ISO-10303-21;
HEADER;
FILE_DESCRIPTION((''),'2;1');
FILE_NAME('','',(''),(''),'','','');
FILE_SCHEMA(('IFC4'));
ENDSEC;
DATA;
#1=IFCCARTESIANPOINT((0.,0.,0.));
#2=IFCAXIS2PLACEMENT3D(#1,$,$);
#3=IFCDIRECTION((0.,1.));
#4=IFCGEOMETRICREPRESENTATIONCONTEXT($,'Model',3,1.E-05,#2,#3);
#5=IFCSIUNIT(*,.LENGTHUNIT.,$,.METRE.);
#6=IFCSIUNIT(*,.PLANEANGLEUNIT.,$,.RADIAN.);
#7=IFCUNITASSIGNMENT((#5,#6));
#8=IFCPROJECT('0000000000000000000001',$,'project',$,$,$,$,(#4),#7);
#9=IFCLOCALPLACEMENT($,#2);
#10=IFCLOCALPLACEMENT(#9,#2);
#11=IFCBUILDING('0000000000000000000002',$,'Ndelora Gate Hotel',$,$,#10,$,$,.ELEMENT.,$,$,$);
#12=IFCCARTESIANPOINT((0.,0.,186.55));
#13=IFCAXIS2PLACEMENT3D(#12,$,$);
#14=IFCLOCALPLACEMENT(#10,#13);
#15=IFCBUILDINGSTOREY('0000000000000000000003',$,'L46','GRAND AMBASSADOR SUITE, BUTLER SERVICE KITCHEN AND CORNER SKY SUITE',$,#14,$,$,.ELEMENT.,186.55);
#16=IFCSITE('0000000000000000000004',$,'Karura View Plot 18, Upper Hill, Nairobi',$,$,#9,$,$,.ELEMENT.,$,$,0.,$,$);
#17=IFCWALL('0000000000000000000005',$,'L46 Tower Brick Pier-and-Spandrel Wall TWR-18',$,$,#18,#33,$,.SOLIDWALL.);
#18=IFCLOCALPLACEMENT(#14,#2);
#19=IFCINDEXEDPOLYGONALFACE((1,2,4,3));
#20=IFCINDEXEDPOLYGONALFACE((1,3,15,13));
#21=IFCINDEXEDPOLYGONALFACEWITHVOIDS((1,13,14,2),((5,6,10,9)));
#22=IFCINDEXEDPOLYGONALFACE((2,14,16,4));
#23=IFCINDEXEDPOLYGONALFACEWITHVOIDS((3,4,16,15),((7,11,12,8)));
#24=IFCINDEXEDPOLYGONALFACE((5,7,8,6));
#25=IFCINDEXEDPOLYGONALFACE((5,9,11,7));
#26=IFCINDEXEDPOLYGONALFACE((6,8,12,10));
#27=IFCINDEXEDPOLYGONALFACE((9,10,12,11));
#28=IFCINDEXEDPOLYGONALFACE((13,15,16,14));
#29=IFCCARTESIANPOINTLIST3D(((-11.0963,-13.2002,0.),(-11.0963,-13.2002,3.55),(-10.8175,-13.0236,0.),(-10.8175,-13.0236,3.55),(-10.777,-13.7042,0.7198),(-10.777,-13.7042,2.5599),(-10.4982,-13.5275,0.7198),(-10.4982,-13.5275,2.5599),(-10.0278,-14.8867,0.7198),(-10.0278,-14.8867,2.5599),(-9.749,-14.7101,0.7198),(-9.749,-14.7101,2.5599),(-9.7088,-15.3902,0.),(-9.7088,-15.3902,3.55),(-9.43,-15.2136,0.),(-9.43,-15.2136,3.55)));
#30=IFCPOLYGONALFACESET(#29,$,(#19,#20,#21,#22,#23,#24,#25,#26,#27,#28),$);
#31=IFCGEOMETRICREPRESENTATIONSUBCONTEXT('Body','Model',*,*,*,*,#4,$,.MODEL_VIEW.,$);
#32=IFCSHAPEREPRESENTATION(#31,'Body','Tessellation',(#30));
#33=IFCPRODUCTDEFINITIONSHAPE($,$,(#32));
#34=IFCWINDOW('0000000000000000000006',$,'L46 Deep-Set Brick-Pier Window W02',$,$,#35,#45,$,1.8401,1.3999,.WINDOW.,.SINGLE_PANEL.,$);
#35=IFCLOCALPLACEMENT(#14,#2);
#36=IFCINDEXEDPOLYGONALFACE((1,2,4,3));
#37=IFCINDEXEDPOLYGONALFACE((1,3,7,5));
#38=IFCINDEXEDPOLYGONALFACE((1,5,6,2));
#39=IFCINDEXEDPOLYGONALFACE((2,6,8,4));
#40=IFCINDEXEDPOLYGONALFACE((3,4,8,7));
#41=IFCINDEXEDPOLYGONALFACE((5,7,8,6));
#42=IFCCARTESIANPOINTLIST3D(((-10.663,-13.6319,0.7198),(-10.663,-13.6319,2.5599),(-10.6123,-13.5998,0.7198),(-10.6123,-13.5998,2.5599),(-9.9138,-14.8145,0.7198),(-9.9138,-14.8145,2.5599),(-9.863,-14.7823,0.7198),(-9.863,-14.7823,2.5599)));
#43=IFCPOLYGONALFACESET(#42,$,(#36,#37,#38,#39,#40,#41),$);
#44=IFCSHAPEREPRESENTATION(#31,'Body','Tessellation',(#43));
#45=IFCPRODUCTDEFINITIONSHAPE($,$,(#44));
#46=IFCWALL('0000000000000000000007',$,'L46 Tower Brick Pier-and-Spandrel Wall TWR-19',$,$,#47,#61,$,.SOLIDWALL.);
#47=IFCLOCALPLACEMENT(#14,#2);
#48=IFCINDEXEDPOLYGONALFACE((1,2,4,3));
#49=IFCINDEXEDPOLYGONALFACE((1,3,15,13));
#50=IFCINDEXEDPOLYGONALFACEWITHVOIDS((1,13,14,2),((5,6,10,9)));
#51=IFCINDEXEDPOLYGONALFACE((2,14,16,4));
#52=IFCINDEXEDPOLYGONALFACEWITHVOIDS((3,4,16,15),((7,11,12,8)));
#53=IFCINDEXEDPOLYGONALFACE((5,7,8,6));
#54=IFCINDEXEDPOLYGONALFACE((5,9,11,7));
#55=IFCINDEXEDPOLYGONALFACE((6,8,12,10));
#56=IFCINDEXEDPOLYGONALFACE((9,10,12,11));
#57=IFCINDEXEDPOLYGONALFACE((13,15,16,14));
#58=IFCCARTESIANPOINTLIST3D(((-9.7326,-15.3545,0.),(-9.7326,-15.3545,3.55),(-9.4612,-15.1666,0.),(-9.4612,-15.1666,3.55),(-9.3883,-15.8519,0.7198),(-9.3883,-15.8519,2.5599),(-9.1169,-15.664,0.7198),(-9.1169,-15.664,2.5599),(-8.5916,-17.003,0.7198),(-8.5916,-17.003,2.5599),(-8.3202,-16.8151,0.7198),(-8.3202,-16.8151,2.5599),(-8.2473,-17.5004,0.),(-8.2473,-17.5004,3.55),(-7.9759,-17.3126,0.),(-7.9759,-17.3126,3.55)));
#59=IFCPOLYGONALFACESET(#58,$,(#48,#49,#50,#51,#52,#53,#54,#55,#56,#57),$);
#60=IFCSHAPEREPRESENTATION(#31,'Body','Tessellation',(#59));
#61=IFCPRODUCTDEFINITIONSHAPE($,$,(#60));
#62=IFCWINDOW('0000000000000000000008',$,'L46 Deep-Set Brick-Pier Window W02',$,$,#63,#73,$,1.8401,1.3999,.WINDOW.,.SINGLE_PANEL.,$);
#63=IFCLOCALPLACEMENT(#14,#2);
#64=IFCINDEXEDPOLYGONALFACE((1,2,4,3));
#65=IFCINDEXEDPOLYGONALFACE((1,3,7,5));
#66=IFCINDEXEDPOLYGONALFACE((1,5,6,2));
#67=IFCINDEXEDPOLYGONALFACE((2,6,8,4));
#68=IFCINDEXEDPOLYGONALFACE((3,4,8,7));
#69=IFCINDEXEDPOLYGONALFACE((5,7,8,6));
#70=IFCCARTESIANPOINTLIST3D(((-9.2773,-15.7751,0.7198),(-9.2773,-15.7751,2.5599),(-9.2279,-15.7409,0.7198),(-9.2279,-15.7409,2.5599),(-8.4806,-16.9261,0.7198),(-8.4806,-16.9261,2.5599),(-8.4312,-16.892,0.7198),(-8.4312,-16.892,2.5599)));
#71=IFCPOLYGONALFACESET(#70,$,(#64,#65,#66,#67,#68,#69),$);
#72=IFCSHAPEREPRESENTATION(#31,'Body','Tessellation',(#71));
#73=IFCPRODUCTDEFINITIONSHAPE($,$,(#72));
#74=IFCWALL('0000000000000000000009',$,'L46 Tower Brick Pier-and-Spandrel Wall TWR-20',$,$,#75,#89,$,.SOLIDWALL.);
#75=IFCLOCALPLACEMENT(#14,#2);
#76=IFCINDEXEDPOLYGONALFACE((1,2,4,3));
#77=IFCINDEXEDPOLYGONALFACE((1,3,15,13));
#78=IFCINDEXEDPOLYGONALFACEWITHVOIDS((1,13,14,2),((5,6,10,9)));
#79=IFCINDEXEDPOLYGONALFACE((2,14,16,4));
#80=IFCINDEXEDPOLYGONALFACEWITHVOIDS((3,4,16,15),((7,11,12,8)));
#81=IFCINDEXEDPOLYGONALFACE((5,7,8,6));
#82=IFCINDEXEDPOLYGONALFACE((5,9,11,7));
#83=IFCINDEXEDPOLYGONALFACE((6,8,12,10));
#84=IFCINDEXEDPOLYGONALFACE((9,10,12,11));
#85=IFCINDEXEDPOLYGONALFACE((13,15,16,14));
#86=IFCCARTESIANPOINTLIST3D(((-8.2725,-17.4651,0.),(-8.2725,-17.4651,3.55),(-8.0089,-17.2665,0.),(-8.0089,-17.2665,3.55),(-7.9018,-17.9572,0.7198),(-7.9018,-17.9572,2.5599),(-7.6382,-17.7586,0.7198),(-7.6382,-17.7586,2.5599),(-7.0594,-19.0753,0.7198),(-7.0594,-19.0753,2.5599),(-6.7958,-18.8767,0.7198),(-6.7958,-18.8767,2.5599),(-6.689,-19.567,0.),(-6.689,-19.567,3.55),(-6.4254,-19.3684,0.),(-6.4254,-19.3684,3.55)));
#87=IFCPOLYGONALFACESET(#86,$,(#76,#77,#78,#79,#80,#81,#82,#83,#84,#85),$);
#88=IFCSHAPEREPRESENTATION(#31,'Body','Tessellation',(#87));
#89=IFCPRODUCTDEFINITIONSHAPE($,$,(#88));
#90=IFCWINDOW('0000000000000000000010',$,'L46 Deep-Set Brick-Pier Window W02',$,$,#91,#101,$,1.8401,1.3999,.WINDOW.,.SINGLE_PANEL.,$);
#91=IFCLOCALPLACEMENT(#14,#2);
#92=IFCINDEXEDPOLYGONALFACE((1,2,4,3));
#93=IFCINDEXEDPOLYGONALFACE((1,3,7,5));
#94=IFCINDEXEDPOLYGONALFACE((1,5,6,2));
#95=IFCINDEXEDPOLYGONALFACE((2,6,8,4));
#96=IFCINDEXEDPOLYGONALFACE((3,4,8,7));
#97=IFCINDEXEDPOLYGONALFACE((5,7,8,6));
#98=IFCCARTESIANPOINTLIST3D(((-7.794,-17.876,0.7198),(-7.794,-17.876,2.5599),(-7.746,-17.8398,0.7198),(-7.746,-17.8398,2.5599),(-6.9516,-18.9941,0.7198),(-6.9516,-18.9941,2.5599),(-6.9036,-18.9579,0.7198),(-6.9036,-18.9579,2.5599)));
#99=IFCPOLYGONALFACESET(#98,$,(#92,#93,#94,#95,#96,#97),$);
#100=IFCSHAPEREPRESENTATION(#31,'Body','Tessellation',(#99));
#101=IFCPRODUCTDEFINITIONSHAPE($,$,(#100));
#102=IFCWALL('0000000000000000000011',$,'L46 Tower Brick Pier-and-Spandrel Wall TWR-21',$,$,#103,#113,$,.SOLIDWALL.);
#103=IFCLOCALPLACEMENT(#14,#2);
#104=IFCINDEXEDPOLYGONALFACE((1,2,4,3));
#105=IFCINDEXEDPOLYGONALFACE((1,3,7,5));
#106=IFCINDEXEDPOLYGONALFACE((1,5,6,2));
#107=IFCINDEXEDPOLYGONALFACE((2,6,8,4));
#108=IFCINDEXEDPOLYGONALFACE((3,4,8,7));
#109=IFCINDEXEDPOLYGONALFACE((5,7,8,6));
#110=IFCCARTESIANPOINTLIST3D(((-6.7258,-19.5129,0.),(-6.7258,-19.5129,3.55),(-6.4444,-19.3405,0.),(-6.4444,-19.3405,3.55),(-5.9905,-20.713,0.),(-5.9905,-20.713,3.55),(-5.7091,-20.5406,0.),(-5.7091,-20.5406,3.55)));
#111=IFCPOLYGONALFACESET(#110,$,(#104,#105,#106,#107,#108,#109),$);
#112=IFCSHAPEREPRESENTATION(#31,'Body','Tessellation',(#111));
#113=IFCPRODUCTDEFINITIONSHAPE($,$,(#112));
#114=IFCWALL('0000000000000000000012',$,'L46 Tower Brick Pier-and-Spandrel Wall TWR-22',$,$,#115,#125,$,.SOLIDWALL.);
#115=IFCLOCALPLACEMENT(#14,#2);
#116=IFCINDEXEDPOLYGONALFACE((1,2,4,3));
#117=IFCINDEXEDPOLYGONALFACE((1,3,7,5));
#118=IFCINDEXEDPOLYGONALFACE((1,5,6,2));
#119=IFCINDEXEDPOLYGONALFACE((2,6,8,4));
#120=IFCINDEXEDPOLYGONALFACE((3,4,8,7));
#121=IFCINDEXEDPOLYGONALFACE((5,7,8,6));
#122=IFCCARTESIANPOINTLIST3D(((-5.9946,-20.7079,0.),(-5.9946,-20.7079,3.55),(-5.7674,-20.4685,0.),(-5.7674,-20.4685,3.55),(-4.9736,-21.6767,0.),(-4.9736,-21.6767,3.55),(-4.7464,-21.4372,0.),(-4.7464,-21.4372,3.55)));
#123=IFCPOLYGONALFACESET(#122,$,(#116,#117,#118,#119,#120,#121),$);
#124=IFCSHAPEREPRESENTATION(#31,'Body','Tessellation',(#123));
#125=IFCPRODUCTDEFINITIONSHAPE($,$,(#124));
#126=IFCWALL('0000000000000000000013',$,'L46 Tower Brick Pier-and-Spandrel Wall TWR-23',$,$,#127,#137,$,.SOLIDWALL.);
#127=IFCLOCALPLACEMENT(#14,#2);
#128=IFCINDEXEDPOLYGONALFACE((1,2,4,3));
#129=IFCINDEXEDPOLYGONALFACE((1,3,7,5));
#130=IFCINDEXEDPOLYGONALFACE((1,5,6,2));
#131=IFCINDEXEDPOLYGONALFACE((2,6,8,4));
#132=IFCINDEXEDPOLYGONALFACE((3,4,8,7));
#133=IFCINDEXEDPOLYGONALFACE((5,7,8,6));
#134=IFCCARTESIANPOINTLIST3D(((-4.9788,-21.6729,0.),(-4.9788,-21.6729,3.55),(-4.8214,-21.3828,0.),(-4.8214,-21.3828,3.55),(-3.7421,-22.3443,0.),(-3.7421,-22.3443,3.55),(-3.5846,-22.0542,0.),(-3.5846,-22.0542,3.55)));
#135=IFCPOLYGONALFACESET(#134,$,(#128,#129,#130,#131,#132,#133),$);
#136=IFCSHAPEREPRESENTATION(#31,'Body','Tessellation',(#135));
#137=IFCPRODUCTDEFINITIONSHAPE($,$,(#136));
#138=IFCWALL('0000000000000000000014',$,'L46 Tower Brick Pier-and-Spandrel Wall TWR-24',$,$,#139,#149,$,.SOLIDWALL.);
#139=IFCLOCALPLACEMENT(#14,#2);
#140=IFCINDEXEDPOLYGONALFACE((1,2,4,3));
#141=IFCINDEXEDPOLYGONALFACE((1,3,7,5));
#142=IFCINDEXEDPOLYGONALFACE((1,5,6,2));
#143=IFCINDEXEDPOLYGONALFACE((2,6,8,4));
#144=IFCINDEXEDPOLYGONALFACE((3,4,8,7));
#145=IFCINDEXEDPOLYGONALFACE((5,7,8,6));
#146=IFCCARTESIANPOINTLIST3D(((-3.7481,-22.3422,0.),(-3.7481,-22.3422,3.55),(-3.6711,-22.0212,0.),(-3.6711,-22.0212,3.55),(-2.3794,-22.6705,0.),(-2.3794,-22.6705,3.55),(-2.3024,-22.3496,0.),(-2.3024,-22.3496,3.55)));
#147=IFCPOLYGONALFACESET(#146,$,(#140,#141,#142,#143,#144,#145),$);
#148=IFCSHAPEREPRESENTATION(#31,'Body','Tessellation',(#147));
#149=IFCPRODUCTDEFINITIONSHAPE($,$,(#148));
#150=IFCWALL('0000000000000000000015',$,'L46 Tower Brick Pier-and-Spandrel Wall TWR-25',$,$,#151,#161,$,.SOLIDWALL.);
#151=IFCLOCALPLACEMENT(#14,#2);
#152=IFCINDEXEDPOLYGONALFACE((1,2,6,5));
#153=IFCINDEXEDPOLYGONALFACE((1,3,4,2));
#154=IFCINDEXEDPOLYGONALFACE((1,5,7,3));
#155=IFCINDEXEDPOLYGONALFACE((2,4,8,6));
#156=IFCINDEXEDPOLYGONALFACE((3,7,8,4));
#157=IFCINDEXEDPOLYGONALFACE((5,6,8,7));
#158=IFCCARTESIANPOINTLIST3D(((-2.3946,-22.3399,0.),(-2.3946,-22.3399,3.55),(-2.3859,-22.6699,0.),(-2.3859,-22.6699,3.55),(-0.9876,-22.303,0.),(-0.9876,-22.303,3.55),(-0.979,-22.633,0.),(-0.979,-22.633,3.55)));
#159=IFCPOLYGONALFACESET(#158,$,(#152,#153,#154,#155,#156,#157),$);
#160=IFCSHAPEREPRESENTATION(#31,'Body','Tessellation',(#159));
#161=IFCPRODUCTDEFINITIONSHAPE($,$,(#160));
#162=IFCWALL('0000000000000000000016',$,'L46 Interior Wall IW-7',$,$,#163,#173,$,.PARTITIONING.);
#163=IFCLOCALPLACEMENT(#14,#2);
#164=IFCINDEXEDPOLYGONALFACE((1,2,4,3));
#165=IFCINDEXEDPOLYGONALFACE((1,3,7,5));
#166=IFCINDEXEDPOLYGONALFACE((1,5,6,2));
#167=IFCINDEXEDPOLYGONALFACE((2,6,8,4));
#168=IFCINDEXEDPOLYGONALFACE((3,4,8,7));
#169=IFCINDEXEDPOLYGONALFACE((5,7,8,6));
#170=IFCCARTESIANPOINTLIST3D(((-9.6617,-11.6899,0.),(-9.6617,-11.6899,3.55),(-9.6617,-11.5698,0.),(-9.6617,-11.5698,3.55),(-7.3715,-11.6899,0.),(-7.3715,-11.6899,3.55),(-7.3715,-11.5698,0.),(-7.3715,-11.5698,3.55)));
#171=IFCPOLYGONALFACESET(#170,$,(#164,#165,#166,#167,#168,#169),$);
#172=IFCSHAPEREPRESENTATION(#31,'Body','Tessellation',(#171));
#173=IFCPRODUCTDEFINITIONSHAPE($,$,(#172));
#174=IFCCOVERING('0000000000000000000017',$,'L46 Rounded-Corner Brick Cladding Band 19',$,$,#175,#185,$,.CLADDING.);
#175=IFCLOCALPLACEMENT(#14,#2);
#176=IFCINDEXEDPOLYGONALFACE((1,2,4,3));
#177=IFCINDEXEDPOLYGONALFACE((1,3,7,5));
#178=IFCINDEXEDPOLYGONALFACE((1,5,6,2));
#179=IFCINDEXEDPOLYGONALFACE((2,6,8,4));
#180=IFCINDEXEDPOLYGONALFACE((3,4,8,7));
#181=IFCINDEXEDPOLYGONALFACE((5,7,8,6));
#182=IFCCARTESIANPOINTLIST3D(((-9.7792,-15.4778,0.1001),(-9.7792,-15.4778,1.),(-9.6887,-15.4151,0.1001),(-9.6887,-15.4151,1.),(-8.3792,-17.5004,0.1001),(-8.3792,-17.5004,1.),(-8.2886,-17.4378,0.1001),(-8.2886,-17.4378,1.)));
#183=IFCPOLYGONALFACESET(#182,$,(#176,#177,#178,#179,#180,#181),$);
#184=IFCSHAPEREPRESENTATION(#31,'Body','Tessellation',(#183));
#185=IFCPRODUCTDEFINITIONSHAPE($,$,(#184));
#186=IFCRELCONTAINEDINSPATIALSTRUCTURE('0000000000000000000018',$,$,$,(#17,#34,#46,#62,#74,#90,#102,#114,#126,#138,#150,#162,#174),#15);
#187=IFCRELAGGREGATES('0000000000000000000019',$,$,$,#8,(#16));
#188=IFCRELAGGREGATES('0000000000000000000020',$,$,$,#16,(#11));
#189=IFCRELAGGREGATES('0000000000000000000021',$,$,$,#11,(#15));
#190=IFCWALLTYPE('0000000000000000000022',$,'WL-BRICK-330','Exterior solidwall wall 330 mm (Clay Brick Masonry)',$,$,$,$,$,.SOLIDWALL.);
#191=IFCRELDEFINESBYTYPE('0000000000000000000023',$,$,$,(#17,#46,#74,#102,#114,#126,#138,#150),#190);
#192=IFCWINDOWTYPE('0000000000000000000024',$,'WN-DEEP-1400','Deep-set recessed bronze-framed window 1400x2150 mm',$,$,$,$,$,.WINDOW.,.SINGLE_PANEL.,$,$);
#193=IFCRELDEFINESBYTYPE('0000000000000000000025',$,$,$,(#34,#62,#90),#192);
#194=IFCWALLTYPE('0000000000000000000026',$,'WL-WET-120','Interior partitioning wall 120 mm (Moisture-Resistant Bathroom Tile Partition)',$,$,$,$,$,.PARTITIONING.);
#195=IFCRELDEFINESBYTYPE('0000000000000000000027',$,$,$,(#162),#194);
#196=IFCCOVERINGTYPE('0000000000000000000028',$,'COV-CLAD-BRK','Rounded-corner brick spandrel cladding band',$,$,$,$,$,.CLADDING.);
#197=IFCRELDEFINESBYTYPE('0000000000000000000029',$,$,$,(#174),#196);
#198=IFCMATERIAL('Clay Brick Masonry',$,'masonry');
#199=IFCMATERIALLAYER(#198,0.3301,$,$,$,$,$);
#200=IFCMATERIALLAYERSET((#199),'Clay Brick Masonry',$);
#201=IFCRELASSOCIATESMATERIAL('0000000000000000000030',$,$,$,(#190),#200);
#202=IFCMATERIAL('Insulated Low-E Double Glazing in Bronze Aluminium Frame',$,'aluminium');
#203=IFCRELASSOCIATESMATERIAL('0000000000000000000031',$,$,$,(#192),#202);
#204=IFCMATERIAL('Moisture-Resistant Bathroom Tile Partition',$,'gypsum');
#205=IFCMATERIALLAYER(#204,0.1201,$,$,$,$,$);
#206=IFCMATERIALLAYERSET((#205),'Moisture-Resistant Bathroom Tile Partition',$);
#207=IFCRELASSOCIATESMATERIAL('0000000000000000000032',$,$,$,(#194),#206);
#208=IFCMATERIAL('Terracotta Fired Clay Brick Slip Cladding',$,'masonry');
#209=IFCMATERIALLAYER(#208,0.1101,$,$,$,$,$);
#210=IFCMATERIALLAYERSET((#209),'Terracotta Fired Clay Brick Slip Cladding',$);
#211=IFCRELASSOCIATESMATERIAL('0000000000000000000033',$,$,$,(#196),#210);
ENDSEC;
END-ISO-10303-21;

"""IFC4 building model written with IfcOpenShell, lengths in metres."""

from ifc_helpers import new_model, si_unit, direction, frame, frame_2d, origin, origin_2d, place, context, subcontext, project, spatial, rectangle, extrude, material, layer, layer_set, type_object, element, fill, save


model = new_model("IFC4")

# Units and contexts
model_context = context("Model", 3, precision=1e-05, world=origin(), true_north=direction((0.0, 1.0)))
body_context = subcontext(model_context, "Body", "Model", "MODEL_VIEW")
ifc_project = project(units=[si_unit("LENGTHUNIT", "METRE"), si_unit("PLANEANGLEUNIT", "RADIAN")], contexts=[model_context])

# Site, building, storey
site_placement = place(None, origin())
site = spatial("IfcSite", under=ifc_project, at=site_placement, Name="Karura View Plot 18, Upper Hill, Nairobi", CompositionType="ELEMENT", RefElevation=0.0)
building_placement = place(site_placement, origin())
building = spatial("IfcBuilding", under=site, at=building_placement, Name="Ndelora Gate Hotel", CompositionType="ELEMENT")
storey_placement = place(building_placement, frame((0.0, 0.0, 186.55)))
storey = spatial("IfcBuildingStorey", under=building, at=storey_placement, Name="L46", Description="GRAND AMBASSADOR SUITE, BUTLER SERVICE KITCHEN AND CORNER SKY SUITE", CompositionType="ELEMENT", Elevation=186.55)

# Shared definitions
ifc_material_1 = material(Name="Clay Brick Masonry", Category="masonry")
ifc_layer_1 = layer(ifc_material_1, 0.3301)
ifc_layer_set_1 = layer_set([ifc_layer_1], Name="Clay Brick Masonry")
wall_type_1 = type_object("IfcWallType", Name="WL-BRICK-330", Description="Exterior solidwall wall 330 mm (Clay Brick Masonry)", PredefinedType="SOLIDWALL", material=ifc_layer_set_1)

# Walls, openings, windows
ifc_material_2 = material(Name="Insulated Low-E Double Glazing in Bronze Aluminium Frame", Category="aluminium")
window_type = type_object("IfcWindowType", Name="WN-DEEP-1400", Description="Deep-set recessed bronze-framed window 1400x2150 mm", PartitioningType="SINGLE_PANEL", PredefinedType="WINDOW", material=ifc_material_2)
wall_1_placement = place(storey_placement, frame((-9.5693, -15.302, 0.0), z_axis=(0.0, 0.0, 1.0), x_axis=(-0.535187, 0.844734, 0.0)))
wall_1 = element("IfcWall", 1, at=wall_1_placement, inside=storey, type_object=wall_type_1, Name="L46 Tower Brick Pier-and-Spandrel Wall TWR-18", PredefinedType="SOLIDWALL", context=body_context, shape_type="SweptSolid", body=[
    extrude(rectangle(XDim=2.5925, YDim=0.3301, at=frame_2d((1.2964, 0.0))), origin(), (0.0, 0.0, 1.0), 3.55),
])
opening_1_placement = place(wall_1_placement, frame((0.5962, 0.0, 0.72)))
opening_1 = element("IfcOpeningElement", 2, at=opening_1_placement, cuts=wall_1, PredefinedType="OPENING", context=body_context, shape_type="SweptSolid", body=[
    extrude(rectangle(XDim=1.3999, YDim=1.8401, at=frame_2d((0.7, 0.9199))), frame((0.0, 0.175, 0.0), z_axis=(0.0, -1.0, 0.0), x_axis=(1.0, 0.0, 0.0)), (0.0, 0.0, 1.0), 0.3501),
])
window_1_placement = place(opening_1_placement, origin())
window_1 = element("IfcWindow", 3, at=window_1_placement, inside=storey, type_object=window_type, Name="L46 Deep-Set Brick-Pier Window W02", OverallHeight=1.8401, OverallWidth=1.3999, PartitioningType="SINGLE_PANEL", PredefinedType="WINDOW", context=body_context, shape_type="SweptSolid", body=[
    extrude(rectangle(XDim=1.3999, YDim=1.8401, at=frame_2d((0.7, 0.9199))), frame((0.0, 0.03, 0.0), z_axis=(0.0, -1.0, 0.0), x_axis=(1.0, 0.0, 0.0)), (0.0, 0.0, 1.0), 0.0601),
])
fill(opening_1, window_1)
wall_2_placement = place(storey_placement, frame((-8.1116, -17.4065, 0.0), z_axis=(0.0, 0.0, 1.0), x_axis=(-0.569122, 0.822253, 0.0)))
wall_2 = element("IfcWall", 4, at=wall_2_placement, inside=storey, type_object=wall_type_1, Name="L46 Tower Brick Pier-and-Spandrel Wall TWR-19", PredefinedType="SOLIDWALL", context=body_context, shape_type="SweptSolid", body=[
    extrude(rectangle(XDim=2.6099, YDim=0.3301, at=frame_2d((1.3049, 0.0))), origin(), (0.0, 0.0, 1.0), 3.55),
])
opening_2_placement = place(wall_2_placement, frame((0.605, 0.0, 0.72)))
opening_2 = element("IfcOpeningElement", 5, at=opening_2_placement, cuts=wall_2, PredefinedType="OPENING", context=body_context, shape_type="SweptSolid", body=[
    extrude(rectangle(XDim=1.3999, YDim=1.8401, at=frame_2d((0.7, 0.9199))), frame((0.0, 0.175, 0.0), z_axis=(0.0, -1.0, 0.0), x_axis=(1.0, 0.0, 0.0)), (0.0, 0.0, 1.0), 0.3501),
])
window_2_placement = place(opening_2_placement, origin())
window_2 = element("IfcWindow", 6, at=window_2_placement, inside=storey, type_object=window_type, Name="L46 Deep-Set Brick-Pier Window W02", OverallHeight=1.8401, OverallWidth=1.3999, PartitioningType="SINGLE_PANEL", PredefinedType="WINDOW", context=body_context, shape_type="SweptSolid", body=[
    extrude(rectangle(XDim=1.3999, YDim=1.8401, at=frame_2d((0.7, 0.9199))), frame((0.0, 0.03, 0.0), z_axis=(0.0, -1.0, 0.0), x_axis=(1.0, 0.0, 0.0)), (0.0, 0.0, 1.0), 0.0601),
])
fill(opening_2, window_2)
wall_3_placement = place(storey_placement, frame((-6.5571, -19.4678, 0.0), z_axis=(0.0, 0.0, 1.0), x_axis=(-0.601735, 0.798696, 0.0)))
wall_3 = element("IfcWall", 7, at=wall_3_placement, inside=storey, type_object=wall_type_1, Name="L46 Tower Brick Pier-and-Spandrel Wall TWR-20", PredefinedType="SOLIDWALL", context=body_context, shape_type="SweptSolid", body=[
    extrude(rectangle(XDim=2.6316, YDim=0.3301, at=frame_2d((1.3159, 0.0))), origin(), (0.0, 0.0, 1.0), 3.55),
])
opening_3_placement = place(wall_3_placement, frame((0.6157, 0.0, 0.72)))
opening_3 = element("IfcOpeningElement", 8, at=opening_3_placement, cuts=wall_3, PredefinedType="OPENING", context=body_context, shape_type="SweptSolid", body=[
    extrude(rectangle(XDim=1.3999, YDim=1.8401, at=frame_2d((0.7, 0.9199))), frame((0.0, 0.175, 0.0), z_axis=(0.0, -1.0, 0.0), x_axis=(1.0, 0.0, 0.0)), (0.0, 0.0, 1.0), 0.3501),
])
window_3_placement = place(opening_3_placement, origin())
window_3 = element("IfcWindow", 9, at=window_3_placement, inside=storey, type_object=window_type, Name="L46 Deep-Set Brick-Pier Window W02", OverallHeight=1.8401, OverallWidth=1.3999, PartitioningType="SINGLE_PANEL", PredefinedType="WINDOW", context=body_context, shape_type="SweptSolid", body=[
    extrude(rectangle(XDim=1.3999, YDim=1.8401, at=frame_2d((0.7, 0.9199))), frame((0.0, 0.03, 0.0), z_axis=(0.0, -1.0, 0.0), x_axis=(1.0, 0.0, 0.0)), (0.0, 0.0, 1.0), 0.0601),
])
fill(opening_3, window_3)

# Walls
for number, where, z_axis, x_axis, name in (
    (10, (-5.8499, -20.6267, 0.0), (0.0, 0.0, 1.0), (-0.522432, 0.852681, 0.0), "L46 Tower Brick Pier-and-Spandrel Wall TWR-21"),
    (11, (-4.8601, -21.5569, 0.0), (0.0, 0.0, 1.0), (-0.725424, 0.688303, 0.0), "L46 Tower Brick Pier-and-Spandrel Wall TWR-22"),
):
    element("IfcWall", number, at=place(storey_placement, frame(where, z_axis=z_axis, x_axis=x_axis)), inside=storey, type_object=wall_type_1, Name=name, PredefinedType="SOLIDWALL", context=body_context, shape_type="SweptSolid", body=[
        extrude(rectangle(XDim=1.4075, YDim=0.3301, at=frame_2d((0.7036, 0.0))), origin(), (0.0, 0.0, 1.0), 3.55),
    ])
wall_4_placement = place(storey_placement, frame((-3.6633, -22.1992, 0.0), z_axis=(0.0, 0.0, 1.0), x_axis=(-0.878862, 0.477077, 0.0)))
element("IfcWall", 12, at=wall_4_placement, inside=storey, type_object=wall_type_1, Name="L46 Tower Brick Pier-and-Spandrel Wall TWR-23", PredefinedType="SOLIDWALL", context=body_context, shape_type="SweptSolid", body=[
    extrude(rectangle(XDim=1.4072, YDim=0.3301, at=frame_2d((0.7036, 0.0))), origin(), (0.0, 0.0, 1.0), 3.55),
])
for number, where, z_axis, x_axis, name in (
    (13, (-2.3411, -22.51, 0.0), (0.0, 0.0, 1.0), (-0.972405, 0.233301, 0.0), "L46 Tower Brick Pier-and-Spandrel Wall TWR-24"),
    (14, (-0.9834, -22.468, 0.0), (0.0, 0.0, 1.0), (-0.999657, -0.026193, 0.0), "L46 Tower Brick Pier-and-Spandrel Wall TWR-25"),
):
    element("IfcWall", number, at=place(storey_placement, frame(where, z_axis=z_axis, x_axis=x_axis)), inside=storey, type_object=wall_type_1, Name=name, PredefinedType="SOLIDWALL", context=body_context, shape_type="SweptSolid", body=[
        extrude(rectangle(XDim=1.4075, YDim=0.3301, at=frame_2d((0.7036, 0.0))), origin(), (0.0, 0.0, 1.0), 3.55),
    ])
ifc_material_3 = material(Name="Moisture-Resistant Bathroom Tile Partition", Category="gypsum")
ifc_layer_2 = layer(ifc_material_3, 0.1201)
ifc_layer_set_2 = layer_set([ifc_layer_2], Name="Moisture-Resistant Bathroom Tile Partition")
wall_type_2 = type_object("IfcWallType", Name="WL-WET-120", Description="Interior partitioning wall 120 mm (Moisture-Resistant Bathroom Tile Partition)", PredefinedType="PARTITIONING", material=ifc_layer_set_2)
wall_5_placement = place(storey_placement, frame((-7.3716, -11.6299, 0.0), z_axis=(0.0, 0.0, 1.0), x_axis=(-1.0, 0.0, 0.0)))
element("IfcWall", 15, at=wall_5_placement, inside=storey, type_object=wall_type_2, Name="L46 Interior Wall IW-7", PredefinedType="PARTITIONING", context=body_context, shape_type="SweptSolid", body=[
    extrude(rectangle(XDim=2.2903, YDim=0.1201, at=frame_2d((1.145, 0.0))), origin(), (0.0, 0.0, 1.0), 3.55),
])

# Covering
ifc_material_4 = material(Name="Terracotta Fired Clay Brick Slip Cladding", Category="masonry")
ifc_layer_3 = layer(ifc_material_4, 0.1101)
ifc_layer_set_3 = layer_set([ifc_layer_3], Name="Terracotta Fired Clay Brick Slip Cladding")
covering_type_1 = type_object("IfcCoveringType", Name="COV-CLAD-BRK", Description="Rounded-corner brick spandrel cladding band", PredefinedType="CLADDING", material=ifc_layer_set_3)
covering_1_placement = place(storey_placement, frame((-9.0339, -16.4578, 0.1001), z_axis=(0.0, 0.0, 1.0), x_axis=(-0.569136, 0.822243, 0.0)))
element("IfcCovering", 16, at=covering_1_placement, inside=storey, type_object=covering_type_1, Name="L46 Rounded-Corner Brick Cladding Band 19", PredefinedType="CLADDING", context=body_context, shape_type="SweptSolid", body=[
    extrude(rectangle(XDim=2.46, YDim=0.1101, at=origin_2d()), origin(), (0.0, 0.0, 1.0), 0.8999),
])

save(model, "model.ifc")
